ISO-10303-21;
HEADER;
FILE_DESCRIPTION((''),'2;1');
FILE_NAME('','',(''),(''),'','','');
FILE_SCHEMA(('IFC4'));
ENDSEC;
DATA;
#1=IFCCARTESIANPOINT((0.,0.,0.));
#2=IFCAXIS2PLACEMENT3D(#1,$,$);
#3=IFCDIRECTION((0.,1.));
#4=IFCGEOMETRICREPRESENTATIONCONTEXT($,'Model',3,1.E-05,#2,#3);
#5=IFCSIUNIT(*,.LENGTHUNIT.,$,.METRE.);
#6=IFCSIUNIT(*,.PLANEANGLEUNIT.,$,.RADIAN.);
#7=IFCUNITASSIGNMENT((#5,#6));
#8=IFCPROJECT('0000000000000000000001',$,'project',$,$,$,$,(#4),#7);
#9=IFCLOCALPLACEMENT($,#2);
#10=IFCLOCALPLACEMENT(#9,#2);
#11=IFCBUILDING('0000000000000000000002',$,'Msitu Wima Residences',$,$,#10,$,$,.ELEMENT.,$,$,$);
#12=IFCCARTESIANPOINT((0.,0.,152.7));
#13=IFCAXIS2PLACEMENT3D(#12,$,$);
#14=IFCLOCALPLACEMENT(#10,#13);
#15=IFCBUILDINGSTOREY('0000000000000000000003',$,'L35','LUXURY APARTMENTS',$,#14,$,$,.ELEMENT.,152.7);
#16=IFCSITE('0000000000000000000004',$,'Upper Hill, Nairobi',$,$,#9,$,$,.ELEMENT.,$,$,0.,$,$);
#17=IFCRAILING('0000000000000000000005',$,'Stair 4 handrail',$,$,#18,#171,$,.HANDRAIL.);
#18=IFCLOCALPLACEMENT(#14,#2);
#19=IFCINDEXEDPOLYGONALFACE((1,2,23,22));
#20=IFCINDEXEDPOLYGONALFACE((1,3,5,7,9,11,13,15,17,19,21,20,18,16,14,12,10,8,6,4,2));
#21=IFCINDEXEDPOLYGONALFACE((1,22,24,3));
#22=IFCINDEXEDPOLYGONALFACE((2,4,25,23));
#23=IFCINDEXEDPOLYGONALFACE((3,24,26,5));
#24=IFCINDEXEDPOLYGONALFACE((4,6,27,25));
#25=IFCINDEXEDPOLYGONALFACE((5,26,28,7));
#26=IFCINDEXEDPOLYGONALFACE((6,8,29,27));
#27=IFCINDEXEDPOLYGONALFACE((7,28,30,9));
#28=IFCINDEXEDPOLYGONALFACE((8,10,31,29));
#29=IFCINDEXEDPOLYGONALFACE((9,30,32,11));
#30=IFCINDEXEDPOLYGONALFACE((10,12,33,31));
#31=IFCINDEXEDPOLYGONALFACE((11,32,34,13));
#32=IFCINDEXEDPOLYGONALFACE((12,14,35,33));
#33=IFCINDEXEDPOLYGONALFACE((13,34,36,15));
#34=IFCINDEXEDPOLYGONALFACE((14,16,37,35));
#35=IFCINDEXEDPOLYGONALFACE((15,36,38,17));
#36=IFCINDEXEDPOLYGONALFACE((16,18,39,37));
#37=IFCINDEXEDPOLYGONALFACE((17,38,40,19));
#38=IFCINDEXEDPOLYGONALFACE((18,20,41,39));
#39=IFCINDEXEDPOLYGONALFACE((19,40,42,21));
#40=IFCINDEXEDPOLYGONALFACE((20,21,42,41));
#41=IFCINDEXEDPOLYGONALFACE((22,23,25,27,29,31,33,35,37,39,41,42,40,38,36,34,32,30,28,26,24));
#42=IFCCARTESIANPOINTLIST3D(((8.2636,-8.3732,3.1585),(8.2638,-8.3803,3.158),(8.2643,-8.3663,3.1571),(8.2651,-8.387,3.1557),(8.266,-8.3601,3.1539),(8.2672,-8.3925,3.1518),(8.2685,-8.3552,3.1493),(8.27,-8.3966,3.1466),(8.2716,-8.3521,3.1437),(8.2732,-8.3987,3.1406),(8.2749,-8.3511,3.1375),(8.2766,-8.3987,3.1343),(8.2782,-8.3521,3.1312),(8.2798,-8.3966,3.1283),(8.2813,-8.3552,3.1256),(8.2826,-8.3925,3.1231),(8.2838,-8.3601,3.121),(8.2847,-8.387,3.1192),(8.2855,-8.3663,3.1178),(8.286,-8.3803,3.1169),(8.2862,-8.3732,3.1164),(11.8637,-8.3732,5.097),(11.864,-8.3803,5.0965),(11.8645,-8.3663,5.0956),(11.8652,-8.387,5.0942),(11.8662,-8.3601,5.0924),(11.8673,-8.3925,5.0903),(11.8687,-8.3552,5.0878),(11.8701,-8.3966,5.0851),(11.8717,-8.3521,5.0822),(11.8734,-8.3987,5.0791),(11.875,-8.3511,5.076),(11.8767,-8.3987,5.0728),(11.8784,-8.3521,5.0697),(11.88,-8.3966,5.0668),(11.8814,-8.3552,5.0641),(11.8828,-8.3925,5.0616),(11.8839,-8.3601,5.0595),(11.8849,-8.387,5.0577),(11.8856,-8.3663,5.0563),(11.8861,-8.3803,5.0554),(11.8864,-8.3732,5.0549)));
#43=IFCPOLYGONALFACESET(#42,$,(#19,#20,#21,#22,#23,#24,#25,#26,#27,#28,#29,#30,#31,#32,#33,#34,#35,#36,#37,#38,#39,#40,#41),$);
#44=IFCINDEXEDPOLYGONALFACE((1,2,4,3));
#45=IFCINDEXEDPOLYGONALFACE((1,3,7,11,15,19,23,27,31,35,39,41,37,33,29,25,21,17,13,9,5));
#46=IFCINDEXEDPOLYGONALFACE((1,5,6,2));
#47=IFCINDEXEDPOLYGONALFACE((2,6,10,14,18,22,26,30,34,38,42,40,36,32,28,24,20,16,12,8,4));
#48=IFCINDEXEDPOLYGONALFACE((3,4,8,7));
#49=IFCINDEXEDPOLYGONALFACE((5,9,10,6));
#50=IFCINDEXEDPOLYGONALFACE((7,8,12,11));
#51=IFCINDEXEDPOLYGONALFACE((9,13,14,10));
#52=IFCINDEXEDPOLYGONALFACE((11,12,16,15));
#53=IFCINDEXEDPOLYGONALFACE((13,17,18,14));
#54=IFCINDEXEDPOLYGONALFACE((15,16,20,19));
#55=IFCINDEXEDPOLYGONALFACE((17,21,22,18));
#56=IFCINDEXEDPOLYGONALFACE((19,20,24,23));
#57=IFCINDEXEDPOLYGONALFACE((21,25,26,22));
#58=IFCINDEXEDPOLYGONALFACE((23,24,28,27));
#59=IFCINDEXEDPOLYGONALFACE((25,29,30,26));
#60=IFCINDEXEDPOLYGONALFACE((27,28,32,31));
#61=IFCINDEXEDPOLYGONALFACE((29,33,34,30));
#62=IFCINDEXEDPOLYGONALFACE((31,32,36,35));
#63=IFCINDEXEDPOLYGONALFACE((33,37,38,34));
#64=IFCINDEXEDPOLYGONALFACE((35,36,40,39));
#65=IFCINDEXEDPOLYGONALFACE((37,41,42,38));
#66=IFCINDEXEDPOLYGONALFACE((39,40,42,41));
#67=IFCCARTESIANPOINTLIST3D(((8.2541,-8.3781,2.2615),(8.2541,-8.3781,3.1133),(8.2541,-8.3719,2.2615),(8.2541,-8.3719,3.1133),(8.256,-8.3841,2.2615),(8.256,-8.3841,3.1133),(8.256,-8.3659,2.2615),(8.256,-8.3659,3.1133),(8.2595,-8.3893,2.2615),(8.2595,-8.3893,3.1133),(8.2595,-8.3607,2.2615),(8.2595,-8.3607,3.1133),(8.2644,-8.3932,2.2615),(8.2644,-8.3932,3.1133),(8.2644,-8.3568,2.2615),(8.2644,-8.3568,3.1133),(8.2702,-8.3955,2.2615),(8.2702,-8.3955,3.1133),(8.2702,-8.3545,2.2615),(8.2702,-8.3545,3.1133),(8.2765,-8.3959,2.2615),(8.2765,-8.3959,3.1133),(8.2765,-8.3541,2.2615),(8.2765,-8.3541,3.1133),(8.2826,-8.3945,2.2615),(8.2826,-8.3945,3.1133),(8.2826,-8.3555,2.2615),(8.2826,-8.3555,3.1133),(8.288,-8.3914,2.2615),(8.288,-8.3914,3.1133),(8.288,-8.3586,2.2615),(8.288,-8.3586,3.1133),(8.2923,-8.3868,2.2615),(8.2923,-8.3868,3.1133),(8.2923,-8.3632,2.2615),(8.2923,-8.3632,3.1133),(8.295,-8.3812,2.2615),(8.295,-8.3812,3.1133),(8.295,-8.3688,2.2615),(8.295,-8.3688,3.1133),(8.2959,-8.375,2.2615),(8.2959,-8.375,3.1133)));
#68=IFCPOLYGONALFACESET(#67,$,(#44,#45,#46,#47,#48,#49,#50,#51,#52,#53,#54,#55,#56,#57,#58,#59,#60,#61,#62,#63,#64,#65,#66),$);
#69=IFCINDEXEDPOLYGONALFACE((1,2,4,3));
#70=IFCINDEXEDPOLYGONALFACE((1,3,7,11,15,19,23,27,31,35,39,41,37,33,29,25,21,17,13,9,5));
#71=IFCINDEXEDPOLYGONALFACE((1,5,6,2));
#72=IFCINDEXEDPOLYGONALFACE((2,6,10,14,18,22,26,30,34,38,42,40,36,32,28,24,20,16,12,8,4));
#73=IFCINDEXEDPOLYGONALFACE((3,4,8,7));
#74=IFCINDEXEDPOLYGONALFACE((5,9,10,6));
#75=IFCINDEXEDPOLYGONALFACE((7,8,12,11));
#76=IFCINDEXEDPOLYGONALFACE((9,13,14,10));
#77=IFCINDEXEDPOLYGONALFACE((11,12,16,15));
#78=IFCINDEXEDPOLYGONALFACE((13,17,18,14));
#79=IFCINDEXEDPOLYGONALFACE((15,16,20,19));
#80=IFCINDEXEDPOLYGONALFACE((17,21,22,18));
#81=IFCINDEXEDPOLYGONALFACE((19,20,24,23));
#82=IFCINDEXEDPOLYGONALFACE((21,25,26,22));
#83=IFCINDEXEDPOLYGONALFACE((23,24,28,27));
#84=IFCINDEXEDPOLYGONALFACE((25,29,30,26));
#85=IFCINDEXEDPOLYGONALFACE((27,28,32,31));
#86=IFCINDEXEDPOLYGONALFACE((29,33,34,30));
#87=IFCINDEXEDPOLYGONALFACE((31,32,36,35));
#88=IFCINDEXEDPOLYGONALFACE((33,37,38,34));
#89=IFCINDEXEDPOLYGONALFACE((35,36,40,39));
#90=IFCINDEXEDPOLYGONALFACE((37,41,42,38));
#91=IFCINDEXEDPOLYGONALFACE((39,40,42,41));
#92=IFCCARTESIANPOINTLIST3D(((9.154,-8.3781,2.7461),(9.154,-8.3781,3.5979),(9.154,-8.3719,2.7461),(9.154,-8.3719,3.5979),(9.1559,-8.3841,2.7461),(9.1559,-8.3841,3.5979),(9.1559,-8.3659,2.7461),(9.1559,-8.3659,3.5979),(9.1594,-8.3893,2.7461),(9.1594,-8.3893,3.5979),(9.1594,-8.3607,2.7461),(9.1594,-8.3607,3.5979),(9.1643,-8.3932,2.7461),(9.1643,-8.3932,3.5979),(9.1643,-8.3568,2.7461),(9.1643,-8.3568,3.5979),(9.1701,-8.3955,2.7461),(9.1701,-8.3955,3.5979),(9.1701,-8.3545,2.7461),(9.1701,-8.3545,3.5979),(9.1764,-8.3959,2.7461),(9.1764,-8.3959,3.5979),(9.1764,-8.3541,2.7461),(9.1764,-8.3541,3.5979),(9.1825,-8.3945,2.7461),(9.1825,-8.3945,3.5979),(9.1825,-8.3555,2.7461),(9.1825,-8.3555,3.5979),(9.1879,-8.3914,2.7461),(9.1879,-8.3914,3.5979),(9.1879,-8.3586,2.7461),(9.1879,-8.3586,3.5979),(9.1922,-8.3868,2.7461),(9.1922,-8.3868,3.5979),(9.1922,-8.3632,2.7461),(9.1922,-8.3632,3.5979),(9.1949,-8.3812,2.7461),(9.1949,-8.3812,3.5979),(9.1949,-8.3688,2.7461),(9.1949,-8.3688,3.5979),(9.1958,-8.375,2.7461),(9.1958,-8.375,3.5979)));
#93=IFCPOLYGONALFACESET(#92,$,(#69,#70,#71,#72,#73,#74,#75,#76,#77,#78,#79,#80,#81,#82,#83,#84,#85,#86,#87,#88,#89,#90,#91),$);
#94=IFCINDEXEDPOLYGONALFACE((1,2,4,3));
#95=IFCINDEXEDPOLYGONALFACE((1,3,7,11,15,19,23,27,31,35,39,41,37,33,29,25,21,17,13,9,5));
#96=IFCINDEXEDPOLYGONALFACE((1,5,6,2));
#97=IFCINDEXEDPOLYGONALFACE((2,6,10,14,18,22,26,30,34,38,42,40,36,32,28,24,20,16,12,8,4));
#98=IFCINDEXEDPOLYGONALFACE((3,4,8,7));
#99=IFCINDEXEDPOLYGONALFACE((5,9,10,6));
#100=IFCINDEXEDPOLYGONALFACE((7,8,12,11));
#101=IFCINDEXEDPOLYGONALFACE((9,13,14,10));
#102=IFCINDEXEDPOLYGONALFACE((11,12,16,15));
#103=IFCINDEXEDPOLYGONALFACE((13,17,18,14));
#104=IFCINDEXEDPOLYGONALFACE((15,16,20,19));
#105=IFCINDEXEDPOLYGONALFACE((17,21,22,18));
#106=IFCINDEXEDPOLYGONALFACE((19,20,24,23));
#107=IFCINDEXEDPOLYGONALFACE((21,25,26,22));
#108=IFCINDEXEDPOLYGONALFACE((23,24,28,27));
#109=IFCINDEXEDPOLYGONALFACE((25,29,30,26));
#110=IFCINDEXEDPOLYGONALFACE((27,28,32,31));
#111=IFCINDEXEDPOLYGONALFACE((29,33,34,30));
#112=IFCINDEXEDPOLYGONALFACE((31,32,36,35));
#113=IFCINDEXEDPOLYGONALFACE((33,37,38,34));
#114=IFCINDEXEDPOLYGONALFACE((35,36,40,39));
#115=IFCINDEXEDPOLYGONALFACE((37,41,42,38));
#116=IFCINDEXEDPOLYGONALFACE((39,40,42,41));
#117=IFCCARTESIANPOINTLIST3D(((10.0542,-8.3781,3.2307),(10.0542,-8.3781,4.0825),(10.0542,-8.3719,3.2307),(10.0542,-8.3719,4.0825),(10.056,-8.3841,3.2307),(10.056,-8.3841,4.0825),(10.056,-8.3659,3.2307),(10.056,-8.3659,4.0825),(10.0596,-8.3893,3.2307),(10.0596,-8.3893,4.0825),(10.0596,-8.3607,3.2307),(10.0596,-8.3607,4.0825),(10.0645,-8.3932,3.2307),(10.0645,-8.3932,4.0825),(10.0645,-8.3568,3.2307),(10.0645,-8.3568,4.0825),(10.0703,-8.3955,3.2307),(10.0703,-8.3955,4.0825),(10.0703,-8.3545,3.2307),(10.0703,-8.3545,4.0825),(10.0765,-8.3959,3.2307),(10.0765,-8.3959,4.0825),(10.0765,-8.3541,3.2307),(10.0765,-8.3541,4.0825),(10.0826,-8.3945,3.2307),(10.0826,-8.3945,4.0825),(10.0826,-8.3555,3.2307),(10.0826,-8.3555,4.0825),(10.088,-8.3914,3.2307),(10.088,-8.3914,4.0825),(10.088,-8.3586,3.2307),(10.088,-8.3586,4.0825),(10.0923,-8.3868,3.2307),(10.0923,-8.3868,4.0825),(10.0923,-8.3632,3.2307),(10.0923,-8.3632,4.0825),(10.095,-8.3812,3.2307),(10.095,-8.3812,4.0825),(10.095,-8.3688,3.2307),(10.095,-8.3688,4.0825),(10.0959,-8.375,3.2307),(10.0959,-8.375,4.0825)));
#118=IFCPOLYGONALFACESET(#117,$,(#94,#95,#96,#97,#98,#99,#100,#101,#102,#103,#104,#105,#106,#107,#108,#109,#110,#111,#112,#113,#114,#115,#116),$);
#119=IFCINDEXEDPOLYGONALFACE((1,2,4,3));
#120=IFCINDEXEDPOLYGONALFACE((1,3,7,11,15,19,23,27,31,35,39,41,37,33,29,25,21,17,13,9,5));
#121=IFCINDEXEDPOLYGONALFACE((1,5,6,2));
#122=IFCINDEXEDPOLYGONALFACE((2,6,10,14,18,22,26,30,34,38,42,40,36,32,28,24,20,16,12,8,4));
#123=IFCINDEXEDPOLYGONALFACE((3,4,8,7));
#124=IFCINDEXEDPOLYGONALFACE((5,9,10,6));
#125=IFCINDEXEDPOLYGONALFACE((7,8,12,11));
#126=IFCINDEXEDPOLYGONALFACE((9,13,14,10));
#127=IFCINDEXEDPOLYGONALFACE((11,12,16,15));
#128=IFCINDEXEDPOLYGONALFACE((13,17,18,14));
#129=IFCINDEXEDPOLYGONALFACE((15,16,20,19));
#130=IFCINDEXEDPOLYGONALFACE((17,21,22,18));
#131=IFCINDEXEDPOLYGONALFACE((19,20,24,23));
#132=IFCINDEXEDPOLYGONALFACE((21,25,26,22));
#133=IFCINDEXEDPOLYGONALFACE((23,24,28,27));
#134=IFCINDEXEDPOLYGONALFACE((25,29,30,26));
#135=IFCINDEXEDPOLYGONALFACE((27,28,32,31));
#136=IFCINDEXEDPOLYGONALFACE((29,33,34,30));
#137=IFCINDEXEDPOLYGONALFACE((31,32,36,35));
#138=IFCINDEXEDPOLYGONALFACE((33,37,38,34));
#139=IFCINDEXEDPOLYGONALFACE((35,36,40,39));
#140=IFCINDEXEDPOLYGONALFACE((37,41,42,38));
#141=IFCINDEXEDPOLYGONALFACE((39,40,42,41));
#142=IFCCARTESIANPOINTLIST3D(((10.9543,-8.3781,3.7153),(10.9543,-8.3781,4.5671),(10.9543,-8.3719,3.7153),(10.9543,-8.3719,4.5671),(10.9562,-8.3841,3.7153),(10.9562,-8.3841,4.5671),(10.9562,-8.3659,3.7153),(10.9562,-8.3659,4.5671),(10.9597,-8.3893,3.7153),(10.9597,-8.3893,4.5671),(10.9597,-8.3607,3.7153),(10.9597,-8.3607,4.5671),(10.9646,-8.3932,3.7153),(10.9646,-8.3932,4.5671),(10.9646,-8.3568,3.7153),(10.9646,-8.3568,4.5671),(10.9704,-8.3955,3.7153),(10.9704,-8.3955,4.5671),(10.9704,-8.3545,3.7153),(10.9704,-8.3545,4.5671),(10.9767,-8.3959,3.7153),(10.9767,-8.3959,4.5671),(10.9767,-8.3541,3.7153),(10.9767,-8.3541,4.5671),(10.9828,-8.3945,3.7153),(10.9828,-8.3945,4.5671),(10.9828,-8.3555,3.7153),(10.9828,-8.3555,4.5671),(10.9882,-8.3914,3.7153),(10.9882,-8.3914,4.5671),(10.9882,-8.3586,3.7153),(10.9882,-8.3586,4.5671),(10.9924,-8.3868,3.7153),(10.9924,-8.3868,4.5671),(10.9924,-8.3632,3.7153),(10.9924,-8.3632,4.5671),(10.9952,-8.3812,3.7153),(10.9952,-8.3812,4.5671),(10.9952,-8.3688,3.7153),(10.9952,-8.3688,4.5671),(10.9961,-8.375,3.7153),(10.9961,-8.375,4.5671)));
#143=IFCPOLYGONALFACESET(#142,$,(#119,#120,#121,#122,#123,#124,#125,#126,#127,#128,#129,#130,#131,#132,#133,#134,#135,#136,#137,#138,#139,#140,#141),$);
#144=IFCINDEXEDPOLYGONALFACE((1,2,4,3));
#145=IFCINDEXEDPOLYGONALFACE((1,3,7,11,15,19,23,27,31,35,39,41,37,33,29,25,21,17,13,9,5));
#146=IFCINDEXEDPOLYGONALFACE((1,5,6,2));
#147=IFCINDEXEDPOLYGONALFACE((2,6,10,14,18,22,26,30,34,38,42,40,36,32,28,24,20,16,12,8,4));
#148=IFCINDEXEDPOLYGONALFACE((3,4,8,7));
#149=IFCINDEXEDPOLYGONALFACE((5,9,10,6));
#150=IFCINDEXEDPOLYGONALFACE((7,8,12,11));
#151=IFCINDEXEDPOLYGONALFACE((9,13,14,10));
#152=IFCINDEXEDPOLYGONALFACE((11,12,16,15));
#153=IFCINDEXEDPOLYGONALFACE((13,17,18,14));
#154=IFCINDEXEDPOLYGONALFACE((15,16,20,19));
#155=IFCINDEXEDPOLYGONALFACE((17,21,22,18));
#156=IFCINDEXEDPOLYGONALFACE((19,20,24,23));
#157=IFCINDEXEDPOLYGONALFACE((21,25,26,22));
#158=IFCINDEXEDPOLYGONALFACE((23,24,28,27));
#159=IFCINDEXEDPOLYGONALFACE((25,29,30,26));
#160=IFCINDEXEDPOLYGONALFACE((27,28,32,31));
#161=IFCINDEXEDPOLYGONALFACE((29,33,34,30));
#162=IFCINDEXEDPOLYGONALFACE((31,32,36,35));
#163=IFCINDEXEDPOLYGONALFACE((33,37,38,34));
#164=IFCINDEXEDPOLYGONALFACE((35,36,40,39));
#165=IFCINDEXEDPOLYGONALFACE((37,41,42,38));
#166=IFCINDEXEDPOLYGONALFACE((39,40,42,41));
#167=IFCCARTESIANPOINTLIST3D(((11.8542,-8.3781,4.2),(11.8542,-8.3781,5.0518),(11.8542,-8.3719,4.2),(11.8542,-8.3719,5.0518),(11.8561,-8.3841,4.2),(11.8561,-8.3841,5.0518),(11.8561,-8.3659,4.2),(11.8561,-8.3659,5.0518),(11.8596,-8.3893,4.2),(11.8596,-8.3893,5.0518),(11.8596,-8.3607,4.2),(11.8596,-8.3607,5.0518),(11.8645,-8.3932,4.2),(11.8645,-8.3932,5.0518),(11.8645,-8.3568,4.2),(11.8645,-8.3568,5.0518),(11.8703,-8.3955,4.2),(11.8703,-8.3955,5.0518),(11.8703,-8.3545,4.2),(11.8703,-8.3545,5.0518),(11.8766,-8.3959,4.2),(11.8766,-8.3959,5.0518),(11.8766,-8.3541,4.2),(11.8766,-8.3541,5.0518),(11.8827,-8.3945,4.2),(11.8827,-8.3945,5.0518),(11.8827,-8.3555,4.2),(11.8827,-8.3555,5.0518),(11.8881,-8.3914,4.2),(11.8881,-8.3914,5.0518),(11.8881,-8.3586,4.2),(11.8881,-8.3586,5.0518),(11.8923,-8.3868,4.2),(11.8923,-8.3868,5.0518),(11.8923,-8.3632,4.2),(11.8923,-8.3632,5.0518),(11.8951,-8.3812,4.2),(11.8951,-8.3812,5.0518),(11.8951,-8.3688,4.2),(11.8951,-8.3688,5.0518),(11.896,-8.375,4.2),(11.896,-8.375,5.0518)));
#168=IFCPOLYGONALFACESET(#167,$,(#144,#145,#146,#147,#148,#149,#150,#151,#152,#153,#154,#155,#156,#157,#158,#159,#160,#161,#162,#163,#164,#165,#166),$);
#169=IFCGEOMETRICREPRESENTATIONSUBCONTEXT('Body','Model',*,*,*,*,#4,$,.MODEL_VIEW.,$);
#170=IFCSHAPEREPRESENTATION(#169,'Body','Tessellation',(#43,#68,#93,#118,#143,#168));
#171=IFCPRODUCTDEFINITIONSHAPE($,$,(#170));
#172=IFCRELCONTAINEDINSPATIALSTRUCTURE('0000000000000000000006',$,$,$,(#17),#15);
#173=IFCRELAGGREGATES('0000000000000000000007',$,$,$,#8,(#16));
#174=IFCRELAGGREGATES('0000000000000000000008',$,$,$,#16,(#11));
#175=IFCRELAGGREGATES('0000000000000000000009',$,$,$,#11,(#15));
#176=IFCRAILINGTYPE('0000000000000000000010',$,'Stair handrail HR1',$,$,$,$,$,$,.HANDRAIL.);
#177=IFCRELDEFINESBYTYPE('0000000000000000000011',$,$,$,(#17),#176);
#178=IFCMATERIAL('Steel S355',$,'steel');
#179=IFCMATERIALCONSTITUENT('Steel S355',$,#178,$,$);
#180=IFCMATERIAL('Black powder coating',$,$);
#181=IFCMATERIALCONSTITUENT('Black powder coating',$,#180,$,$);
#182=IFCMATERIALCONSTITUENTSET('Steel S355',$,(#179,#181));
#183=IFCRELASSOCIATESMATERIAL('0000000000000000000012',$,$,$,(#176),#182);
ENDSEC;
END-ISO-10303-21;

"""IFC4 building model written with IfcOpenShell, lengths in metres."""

from ifc_helpers import new_model, si_unit, direction, frame, origin, origin_2d, place, context, subcontext, project, spatial, circle, extrude, material, constituent, constituent_set, type_object, element, save


model = new_model("IFC4")

# Units and contexts
model_context = context("Model", 3, precision=1e-05, world=origin(), true_north=direction((0.0, 1.0)))
body_context = subcontext(model_context, "Body", "Model", "MODEL_VIEW")
ifc_project = project(units=[si_unit("LENGTHUNIT", "METRE"), si_unit("PLANEANGLEUNIT", "RADIAN")], contexts=[model_context])

# Site, building, storey
site_placement = place(None, origin())
site = spatial("IfcSite", under=ifc_project, at=site_placement, Name="Upper Hill, Nairobi", CompositionType="ELEMENT", RefElevation=0.0)
building_placement = place(site_placement, origin())
building = spatial("IfcBuilding", under=site, at=building_placement, Name="Msitu Wima Residences", CompositionType="ELEMENT")
storey_placement = place(building_placement, frame((0.0, 0.0, 152.7)))
storey = spatial("IfcBuildingStorey", under=building, at=storey_placement, Name="L35", Description="LUXURY APARTMENTS", CompositionType="ELEMENT", Elevation=152.7)

# Railing
ifc_material_1 = material(Name="Steel S355", Category="steel")
ifc_constituent_1 = constituent(ifc_material_1, Name="Steel S355")
ifc_material_2 = material(Name="Black powder coating")
ifc_constituent_2 = constituent(ifc_material_2, Name="Black powder coating")
ifc_constituent_set = constituent_set(constituents=[ifc_constituent_1, ifc_constituent_2], Name="Steel S355")
railing_type = type_object("IfcRailingType", Name="Stair handrail HR1", PredefinedType="HANDRAIL", material=ifc_constituent_set)
for number, where, name in (
    (1, (8.2749, -8.375, 2.2615), "Stair 4 handrail"),
):
    element("IfcRailing", number, at=place(storey_placement, frame(where)), inside=storey, type_object=railing_type, Name=name, PredefinedType="HANDRAIL", context=body_context, shape_type="SweptSolid", body=[
        extrude(circle(Radius=0.0239, at=origin_2d()), frame((0.0, 0.0, 0.876), z_axis=(0.880475, 0.0, 0.474093), x_axis=(0.0, 1.0, 0.0)), (0.0, 0.0, 1.0), 4.0889),
        extrude(circle(Radius=0.021, at=origin_2d()), origin(), (0.0, 0.0, 1.0), 0.8518),
        extrude(circle(Radius=0.021, at=origin_2d()), frame((0.8999, 0.0, 0.4846)), (0.0, 0.0, 1.0), 0.8518),
        extrude(circle(Radius=0.021, at=origin_2d()), frame((1.8, 0.0, 0.9692)), (0.0, 0.0, 1.0), 0.8518),
        extrude(circle(Radius=0.021, at=origin_2d()), frame((2.7002, 0.0, 1.4539)), (0.0, 0.0, 1.0), 0.8518),
        extrude(circle(Radius=0.021, at=origin_2d()), frame((3.6001, 0.0, 1.9385)), (0.0, 0.0, 1.0), 0.8518),
    ])

save(model, "model.ifc")
